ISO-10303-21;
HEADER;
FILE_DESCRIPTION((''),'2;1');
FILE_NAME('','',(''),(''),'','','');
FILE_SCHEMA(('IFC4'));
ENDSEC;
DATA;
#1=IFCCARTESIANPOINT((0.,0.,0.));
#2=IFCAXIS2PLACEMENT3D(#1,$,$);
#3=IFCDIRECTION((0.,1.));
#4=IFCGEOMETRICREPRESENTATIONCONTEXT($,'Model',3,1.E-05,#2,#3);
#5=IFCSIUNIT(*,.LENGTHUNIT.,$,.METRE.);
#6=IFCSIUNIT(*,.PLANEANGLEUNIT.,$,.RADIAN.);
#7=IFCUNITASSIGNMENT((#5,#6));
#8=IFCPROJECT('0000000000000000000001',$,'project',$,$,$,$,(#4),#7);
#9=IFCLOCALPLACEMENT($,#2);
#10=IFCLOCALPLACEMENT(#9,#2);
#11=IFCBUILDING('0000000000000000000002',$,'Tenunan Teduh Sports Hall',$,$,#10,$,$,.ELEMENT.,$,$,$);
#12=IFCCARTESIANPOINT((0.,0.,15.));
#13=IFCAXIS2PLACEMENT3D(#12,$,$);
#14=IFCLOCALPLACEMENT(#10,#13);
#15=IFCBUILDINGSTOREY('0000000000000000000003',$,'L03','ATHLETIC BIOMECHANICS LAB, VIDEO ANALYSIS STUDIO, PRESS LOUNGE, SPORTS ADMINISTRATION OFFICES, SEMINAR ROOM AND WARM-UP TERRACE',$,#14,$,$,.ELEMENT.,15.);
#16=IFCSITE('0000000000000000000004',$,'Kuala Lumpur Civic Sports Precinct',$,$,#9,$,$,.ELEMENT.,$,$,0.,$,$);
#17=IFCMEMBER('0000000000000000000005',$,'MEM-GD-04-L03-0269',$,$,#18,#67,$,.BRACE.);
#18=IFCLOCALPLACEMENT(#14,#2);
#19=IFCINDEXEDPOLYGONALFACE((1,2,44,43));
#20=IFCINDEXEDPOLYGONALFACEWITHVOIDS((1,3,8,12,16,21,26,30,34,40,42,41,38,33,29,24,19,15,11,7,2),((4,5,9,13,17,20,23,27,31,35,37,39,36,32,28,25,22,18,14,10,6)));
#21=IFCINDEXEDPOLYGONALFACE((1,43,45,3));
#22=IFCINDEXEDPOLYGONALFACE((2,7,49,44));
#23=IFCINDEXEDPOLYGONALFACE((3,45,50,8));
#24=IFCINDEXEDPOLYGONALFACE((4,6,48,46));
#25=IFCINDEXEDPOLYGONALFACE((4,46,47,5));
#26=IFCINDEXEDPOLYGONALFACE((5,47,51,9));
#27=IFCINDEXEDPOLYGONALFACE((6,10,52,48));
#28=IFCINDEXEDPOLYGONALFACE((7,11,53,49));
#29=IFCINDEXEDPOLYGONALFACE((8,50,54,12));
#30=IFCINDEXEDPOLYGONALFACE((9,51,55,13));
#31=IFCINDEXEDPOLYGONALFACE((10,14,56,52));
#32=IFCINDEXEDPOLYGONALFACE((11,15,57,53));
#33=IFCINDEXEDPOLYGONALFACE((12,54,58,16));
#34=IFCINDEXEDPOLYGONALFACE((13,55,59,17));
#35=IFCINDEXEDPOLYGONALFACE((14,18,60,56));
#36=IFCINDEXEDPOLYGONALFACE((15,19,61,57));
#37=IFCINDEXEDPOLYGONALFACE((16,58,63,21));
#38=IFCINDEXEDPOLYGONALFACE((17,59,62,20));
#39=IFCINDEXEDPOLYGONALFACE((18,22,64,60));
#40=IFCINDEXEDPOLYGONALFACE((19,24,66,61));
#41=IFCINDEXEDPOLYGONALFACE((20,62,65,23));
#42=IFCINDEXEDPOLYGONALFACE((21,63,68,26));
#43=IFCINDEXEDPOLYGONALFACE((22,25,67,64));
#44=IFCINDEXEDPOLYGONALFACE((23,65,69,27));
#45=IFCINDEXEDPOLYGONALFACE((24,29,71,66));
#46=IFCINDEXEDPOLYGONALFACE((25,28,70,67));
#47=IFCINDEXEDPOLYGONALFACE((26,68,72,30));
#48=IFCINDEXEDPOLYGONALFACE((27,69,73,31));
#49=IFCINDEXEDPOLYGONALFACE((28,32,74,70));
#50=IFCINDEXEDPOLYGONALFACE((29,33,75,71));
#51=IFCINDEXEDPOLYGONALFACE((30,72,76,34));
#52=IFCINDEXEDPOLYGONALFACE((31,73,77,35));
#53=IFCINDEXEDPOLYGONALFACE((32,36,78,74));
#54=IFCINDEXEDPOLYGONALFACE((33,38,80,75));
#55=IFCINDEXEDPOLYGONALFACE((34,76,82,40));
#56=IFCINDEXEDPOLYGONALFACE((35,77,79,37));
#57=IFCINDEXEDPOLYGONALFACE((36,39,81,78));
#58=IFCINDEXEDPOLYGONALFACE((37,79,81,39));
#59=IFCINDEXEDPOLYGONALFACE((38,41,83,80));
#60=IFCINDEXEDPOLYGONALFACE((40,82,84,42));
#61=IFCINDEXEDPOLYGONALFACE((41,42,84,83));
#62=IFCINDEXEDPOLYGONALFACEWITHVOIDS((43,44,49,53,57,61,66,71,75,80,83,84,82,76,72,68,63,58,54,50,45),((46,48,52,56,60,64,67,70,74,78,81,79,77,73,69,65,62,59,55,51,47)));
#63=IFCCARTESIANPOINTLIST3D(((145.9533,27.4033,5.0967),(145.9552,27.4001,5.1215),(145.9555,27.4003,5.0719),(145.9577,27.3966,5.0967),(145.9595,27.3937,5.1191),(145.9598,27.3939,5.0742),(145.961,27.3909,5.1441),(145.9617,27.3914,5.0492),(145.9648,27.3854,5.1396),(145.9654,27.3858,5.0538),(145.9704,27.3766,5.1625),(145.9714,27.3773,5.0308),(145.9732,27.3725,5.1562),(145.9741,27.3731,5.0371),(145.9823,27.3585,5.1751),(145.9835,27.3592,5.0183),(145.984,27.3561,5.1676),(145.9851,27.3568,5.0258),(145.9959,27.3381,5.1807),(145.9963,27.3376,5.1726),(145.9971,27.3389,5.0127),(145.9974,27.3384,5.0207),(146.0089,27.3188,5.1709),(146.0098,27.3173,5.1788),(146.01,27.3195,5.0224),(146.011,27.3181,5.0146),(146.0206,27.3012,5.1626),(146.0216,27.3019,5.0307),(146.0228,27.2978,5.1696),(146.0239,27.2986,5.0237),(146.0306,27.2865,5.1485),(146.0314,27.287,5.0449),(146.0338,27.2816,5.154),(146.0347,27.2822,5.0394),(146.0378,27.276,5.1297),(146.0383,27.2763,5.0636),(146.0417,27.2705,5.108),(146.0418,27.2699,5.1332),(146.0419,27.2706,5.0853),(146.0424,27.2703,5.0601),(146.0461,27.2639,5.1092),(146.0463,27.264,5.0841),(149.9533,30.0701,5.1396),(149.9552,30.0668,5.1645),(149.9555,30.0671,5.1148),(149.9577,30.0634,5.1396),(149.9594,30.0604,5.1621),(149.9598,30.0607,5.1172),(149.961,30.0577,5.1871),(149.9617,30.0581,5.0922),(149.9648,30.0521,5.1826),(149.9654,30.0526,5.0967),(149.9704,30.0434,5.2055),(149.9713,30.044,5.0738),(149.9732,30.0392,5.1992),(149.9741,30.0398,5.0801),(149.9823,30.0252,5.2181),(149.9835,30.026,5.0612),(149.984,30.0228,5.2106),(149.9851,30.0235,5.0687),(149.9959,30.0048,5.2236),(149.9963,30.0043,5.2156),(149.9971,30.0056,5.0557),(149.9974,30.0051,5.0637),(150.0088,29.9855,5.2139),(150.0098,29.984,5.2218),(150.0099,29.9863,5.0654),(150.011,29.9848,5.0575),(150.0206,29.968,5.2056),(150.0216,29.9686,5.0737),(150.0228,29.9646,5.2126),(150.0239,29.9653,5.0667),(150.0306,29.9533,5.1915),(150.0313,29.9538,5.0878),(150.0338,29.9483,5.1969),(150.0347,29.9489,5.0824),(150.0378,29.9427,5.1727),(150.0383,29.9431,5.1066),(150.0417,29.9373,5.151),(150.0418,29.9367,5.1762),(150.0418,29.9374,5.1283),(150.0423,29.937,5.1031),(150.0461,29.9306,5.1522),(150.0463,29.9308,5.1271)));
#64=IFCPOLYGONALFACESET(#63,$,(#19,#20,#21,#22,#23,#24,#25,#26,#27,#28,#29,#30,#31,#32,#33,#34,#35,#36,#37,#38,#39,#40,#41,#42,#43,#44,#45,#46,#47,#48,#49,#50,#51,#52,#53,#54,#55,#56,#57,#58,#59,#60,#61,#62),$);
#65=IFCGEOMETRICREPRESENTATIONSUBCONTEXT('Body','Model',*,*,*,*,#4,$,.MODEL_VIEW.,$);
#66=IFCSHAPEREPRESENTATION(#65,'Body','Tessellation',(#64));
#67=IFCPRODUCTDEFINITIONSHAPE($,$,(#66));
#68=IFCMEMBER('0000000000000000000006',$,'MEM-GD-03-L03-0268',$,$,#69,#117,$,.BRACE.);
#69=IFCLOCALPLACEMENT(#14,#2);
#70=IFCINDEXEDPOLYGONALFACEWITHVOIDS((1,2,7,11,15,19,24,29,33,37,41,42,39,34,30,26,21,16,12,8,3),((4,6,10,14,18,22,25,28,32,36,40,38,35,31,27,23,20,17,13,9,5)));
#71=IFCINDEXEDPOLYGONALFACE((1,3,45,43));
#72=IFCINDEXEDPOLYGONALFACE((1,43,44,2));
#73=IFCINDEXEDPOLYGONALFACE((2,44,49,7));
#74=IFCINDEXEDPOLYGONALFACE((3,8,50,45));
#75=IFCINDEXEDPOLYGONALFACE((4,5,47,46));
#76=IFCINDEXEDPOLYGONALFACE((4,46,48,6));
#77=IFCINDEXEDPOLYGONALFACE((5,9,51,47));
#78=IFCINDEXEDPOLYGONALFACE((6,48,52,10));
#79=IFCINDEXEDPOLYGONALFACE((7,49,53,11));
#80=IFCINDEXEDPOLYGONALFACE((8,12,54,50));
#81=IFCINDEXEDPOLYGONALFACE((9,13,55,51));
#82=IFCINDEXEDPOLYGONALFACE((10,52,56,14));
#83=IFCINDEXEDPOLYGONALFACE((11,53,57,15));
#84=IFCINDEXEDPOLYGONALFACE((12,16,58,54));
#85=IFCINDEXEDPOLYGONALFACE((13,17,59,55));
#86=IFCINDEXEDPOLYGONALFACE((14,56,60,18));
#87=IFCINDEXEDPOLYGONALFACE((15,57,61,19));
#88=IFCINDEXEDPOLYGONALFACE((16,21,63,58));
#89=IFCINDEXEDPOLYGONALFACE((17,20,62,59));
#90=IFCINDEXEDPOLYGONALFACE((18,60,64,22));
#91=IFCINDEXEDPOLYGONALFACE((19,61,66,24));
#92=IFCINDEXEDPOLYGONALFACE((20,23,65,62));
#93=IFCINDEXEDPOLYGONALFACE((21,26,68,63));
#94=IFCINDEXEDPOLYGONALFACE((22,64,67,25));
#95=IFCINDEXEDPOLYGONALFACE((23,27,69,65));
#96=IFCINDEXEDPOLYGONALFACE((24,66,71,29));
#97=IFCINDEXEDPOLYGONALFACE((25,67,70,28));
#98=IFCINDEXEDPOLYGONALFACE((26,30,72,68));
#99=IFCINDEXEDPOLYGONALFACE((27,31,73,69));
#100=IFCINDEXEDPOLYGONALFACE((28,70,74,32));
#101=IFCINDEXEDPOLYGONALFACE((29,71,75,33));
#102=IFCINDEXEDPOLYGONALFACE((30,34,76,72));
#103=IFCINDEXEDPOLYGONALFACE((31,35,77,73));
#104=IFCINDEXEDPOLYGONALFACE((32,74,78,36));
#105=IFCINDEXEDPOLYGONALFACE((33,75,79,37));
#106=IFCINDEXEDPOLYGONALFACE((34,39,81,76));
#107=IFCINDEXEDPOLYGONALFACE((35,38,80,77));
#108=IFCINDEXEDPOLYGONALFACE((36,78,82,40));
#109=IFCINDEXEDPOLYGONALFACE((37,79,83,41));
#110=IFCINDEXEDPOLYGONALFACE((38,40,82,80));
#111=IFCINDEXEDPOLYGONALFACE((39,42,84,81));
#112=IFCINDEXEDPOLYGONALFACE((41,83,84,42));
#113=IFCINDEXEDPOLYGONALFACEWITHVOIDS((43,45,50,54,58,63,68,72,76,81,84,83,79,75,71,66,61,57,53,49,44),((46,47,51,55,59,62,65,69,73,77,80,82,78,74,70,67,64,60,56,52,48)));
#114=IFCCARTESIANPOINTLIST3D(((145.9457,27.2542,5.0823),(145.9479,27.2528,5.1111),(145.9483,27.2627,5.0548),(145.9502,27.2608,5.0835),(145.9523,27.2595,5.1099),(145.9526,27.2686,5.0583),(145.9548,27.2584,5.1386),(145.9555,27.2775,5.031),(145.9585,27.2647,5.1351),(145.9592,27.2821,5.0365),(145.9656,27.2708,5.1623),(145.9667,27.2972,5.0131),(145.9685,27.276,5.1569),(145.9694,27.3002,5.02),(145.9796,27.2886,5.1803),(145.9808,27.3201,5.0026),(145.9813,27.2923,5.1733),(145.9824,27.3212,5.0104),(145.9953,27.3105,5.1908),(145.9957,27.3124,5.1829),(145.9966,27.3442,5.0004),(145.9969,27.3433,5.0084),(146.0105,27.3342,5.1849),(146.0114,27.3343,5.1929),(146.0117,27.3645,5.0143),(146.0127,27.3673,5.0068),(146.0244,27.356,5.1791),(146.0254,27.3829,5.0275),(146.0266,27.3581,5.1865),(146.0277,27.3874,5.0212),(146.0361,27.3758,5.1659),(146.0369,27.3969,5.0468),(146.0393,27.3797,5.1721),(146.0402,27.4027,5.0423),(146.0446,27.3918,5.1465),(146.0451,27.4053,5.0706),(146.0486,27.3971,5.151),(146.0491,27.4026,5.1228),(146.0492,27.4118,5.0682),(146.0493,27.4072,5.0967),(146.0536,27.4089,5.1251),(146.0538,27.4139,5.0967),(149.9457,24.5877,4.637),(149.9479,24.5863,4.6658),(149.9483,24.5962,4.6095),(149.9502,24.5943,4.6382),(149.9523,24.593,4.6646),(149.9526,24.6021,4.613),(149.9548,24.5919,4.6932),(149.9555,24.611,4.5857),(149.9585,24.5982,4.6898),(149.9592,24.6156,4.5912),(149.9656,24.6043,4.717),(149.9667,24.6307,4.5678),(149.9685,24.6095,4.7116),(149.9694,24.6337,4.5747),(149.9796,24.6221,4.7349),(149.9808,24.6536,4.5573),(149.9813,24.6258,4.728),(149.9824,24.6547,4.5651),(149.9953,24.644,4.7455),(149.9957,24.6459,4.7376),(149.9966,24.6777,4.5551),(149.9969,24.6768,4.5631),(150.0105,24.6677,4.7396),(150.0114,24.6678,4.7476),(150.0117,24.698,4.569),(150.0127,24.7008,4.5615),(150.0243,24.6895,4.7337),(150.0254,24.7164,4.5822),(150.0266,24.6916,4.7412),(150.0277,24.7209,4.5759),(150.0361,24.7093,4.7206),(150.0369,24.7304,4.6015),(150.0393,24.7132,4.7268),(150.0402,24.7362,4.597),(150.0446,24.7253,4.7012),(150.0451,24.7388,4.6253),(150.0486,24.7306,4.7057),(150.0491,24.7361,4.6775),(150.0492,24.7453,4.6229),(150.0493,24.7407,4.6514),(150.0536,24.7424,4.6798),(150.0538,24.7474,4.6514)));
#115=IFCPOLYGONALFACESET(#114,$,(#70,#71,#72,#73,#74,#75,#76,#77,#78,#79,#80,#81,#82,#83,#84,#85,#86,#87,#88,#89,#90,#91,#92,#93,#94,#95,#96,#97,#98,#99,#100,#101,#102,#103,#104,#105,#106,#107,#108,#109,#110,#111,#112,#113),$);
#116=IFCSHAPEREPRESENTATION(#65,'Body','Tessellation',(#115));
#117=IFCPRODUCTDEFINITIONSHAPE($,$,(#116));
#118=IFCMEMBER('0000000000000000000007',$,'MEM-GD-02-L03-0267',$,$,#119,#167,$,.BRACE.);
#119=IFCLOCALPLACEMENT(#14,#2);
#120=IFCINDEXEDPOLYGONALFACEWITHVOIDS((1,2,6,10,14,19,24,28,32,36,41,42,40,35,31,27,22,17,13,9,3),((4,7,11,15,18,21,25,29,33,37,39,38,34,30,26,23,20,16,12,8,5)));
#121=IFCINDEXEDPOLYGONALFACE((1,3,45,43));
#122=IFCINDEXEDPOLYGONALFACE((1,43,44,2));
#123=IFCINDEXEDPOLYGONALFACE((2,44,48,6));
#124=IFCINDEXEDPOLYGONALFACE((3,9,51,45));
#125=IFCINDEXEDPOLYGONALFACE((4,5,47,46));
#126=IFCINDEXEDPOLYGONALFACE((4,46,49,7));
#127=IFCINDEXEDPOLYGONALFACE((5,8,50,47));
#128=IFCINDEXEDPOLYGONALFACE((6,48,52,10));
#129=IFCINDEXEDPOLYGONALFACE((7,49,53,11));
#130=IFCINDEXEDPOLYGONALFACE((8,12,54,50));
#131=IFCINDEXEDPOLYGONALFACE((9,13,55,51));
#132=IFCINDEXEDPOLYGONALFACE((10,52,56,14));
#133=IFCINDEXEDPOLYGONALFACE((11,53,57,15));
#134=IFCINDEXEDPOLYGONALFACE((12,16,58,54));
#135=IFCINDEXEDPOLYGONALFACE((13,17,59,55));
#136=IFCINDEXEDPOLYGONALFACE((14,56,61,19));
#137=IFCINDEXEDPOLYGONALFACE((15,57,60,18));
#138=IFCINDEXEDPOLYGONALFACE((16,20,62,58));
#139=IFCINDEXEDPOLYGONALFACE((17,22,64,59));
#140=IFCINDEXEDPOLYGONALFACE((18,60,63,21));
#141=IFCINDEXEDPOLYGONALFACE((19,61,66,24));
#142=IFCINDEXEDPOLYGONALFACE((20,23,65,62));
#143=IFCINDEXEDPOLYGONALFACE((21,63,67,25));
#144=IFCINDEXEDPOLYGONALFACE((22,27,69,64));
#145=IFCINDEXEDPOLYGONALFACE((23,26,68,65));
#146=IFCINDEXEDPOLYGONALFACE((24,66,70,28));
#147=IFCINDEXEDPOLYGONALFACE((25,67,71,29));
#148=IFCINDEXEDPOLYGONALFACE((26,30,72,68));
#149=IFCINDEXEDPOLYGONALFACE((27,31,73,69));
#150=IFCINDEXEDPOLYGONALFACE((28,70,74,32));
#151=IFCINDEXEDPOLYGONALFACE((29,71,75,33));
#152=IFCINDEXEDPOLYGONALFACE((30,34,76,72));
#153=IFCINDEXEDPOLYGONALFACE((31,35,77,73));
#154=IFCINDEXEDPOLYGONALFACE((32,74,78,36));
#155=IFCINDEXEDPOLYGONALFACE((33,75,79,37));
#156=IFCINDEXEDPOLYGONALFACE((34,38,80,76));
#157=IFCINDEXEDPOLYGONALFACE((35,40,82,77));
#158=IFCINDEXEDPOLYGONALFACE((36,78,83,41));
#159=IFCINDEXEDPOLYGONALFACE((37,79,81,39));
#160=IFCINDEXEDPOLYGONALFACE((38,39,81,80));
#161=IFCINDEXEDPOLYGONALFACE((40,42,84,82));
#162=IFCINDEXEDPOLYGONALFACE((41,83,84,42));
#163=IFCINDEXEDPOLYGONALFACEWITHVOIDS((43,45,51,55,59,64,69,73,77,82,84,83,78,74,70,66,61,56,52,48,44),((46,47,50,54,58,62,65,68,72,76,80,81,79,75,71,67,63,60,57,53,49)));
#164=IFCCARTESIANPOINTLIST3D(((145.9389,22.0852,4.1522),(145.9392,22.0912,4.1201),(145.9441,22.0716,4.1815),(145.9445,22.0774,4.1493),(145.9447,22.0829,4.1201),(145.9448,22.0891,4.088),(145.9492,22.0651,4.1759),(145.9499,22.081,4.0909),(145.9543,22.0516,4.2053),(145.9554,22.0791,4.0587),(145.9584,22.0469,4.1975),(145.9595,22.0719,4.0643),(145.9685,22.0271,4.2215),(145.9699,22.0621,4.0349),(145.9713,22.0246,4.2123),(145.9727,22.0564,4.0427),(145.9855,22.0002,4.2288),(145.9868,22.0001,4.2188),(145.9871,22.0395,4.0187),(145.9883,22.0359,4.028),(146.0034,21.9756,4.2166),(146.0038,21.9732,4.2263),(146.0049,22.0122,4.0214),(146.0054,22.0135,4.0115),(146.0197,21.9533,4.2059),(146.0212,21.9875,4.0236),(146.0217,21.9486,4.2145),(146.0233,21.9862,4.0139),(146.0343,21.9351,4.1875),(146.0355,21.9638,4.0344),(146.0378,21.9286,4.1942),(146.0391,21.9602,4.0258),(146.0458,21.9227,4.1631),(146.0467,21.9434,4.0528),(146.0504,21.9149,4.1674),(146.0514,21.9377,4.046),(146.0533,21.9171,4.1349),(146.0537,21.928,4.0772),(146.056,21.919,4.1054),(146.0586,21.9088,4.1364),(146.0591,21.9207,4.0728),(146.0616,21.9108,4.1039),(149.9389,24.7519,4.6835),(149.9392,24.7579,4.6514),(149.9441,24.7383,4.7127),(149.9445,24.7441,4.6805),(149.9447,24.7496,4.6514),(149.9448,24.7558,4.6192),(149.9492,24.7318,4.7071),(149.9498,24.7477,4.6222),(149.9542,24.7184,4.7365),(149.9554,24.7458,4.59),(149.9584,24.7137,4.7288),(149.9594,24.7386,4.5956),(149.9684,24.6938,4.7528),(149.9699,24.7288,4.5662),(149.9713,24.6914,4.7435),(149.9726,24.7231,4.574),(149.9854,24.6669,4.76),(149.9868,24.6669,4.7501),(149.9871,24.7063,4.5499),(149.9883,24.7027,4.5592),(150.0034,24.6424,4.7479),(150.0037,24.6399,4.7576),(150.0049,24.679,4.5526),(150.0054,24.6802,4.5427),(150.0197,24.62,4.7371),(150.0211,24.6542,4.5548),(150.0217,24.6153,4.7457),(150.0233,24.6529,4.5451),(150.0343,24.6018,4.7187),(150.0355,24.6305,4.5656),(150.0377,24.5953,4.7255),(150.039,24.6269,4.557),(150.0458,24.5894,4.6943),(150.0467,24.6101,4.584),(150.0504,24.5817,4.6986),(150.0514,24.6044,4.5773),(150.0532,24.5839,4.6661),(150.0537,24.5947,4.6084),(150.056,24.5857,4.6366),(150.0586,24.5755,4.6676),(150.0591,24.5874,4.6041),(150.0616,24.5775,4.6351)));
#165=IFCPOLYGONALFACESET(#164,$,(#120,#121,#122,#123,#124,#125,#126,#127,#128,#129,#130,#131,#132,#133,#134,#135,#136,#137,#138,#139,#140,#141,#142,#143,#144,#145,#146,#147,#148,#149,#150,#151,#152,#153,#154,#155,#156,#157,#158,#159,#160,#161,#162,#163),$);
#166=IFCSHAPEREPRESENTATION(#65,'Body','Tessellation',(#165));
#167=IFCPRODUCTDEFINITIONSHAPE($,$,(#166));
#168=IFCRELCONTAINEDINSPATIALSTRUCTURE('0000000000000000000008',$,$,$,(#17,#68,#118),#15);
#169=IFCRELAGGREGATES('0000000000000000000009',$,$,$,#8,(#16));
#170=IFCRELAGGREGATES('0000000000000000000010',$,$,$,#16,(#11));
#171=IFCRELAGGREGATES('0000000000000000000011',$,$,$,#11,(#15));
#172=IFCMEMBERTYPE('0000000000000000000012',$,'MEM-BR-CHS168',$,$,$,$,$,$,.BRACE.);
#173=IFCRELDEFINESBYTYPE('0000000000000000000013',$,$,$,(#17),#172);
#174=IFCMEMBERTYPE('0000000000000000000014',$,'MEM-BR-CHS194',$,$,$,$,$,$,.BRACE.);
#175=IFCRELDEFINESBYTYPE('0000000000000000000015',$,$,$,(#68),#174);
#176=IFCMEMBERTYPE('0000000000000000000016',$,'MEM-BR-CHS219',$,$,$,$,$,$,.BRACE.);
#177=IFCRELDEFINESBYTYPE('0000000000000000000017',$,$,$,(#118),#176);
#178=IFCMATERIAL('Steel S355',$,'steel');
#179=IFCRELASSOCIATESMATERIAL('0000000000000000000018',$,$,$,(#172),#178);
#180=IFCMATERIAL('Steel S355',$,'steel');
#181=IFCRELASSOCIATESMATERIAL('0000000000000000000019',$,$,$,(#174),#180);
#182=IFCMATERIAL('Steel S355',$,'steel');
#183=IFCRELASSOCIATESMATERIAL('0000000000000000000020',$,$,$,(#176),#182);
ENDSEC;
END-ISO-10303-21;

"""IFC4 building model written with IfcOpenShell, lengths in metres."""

from ifc_helpers import new_model, si_unit, direction, frame, origin, origin_2d, place, context, subcontext, project, spatial, hollow_circle, extrude, material, material_profile, profile_set, type_object, element, save


model = new_model("IFC4")

# Units and contexts
model_context = context("Model", 3, precision=1e-05, world=origin(), true_north=direction((0.0, 1.0)))
body_context = subcontext(model_context, "Body", "Model", "MODEL_VIEW")
ifc_project = project(units=[si_unit("LENGTHUNIT", "METRE"), si_unit("PLANEANGLEUNIT", "RADIAN")], contexts=[model_context])

# Site, building, storey
site_placement = place(None, origin())
site = spatial("IfcSite", under=ifc_project, at=site_placement, Name="Kuala Lumpur Civic Sports Precinct", CompositionType="ELEMENT", RefElevation=0.0)
building_placement = place(site_placement, origin())
building = spatial("IfcBuilding", under=site, at=building_placement, Name="Tenunan Teduh Sports Hall", CompositionType="ELEMENT")
storey_placement = place(building_placement, frame((0.0, 0.0, 15.0)))
storey = spatial("IfcBuildingStorey", under=building, at=storey_placement, Name="L03", Description="ATHLETIC BIOMECHANICS LAB, VIDEO ANALYSIS STUDIO, PRESS LOUNGE, SPORTS ADMINISTRATION OFFICES, SEMINAR ROOM AND WARM-UP TERRACE", CompositionType="ELEMENT", Elevation=15.0)

# Members
ifc_material_1 = material(Name="Steel S355", Category="steel")
ifc_material_profile_1 = material_profile(ifc_material_1, hollow_circle(Radius=0.0842, WallThickness=0.0081, at=origin_2d()), Name="CHS 168.3x8.0")
ifc_profile_set_1 = profile_set([ifc_material_profile_1], Name="Steel S355")
member_type_1 = type_object("IfcMemberType", Name="MEM-BR-CHS168", PredefinedType="BRACE", material=ifc_profile_set_1)
member_1_placement = place(storey_placement, frame((146.0, 27.3333, 5.0967), z_axis=(0.832009, 0.55469, 0.008938), x_axis=(-0.554712, 0.832042, 0.0)))
element("IfcMember", 1, at=member_1_placement, inside=storey, type_object=member_type_1, Name="MEM-GD-04-L03-0269", PredefinedType="BRACE", context=body_context, shape_type="SweptSolid", body=[
    extrude(hollow_circle(Radius=0.0842, WallThickness=0.0081, at=origin_2d()), origin(), (0.0, 0.0, 1.0), 4.8076),
])
ifc_material_2 = material(Name="Steel S355", Category="steel")
ifc_material_profile_2 = material_profile(ifc_material_2, hollow_circle(Radius=0.0969, WallThickness=0.0081, at=origin_2d()), Name="CHS 193.7x8.0")
ifc_profile_set_2 = profile_set([ifc_material_profile_2], Name="Steel S355")
member_type_2 = type_object("IfcMemberType", Name="MEM-BR-CHS194", PredefinedType="BRACE", material=ifc_profile_set_2)
member_2_placement = place(storey_placement, frame((146.0, 27.3333, 5.0967), z_axis=(0.828519, -0.552312, -0.092237), x_axis=(0.554677, 0.832066, 0.0)))
element("IfcMember", 2, at=member_2_placement, inside=storey, type_object=member_type_2, Name="MEM-GD-03-L03-0268", PredefinedType="BRACE", context=body_context, shape_type="SweptSolid", body=[
    extrude(hollow_circle(Radius=0.0969, WallThickness=0.0081, at=origin_2d()), origin(), (0.0, 0.0, 1.0), 4.8279),
])
ifc_material_3 = material(Name="Steel S355", Category="steel")
ifc_material_profile_3 = material_profile(ifc_material_3, hollow_circle(Radius=0.1096, WallThickness=0.01, at=origin_2d()), Name="CHS 219.1x10.0")
ifc_profile_set_3 = profile_set([ifc_material_profile_3], Name="Steel S355")
member_type_3 = type_object("IfcMemberType", Name="MEM-BR-CHS219", PredefinedType="BRACE", material=ifc_profile_set_3)
member_3_placement = place(storey_placement, frame((146.0, 22.0, 4.1201), z_axis=(0.827008, 0.551356, 0.109837), x_axis=(-0.554712, 0.832042, 0.0)))
element("IfcMember", 3, at=member_3_placement, inside=storey, type_object=member_type_3, Name="MEM-GD-02-L03-0267", PredefinedType="BRACE", context=body_context, shape_type="SweptSolid", body=[
    extrude(hollow_circle(Radius=0.1096, WallThickness=0.01, at=origin_2d()), origin(), (0.0, 0.0, 1.0), 4.8367),
])

save(model, "model.ifc")
